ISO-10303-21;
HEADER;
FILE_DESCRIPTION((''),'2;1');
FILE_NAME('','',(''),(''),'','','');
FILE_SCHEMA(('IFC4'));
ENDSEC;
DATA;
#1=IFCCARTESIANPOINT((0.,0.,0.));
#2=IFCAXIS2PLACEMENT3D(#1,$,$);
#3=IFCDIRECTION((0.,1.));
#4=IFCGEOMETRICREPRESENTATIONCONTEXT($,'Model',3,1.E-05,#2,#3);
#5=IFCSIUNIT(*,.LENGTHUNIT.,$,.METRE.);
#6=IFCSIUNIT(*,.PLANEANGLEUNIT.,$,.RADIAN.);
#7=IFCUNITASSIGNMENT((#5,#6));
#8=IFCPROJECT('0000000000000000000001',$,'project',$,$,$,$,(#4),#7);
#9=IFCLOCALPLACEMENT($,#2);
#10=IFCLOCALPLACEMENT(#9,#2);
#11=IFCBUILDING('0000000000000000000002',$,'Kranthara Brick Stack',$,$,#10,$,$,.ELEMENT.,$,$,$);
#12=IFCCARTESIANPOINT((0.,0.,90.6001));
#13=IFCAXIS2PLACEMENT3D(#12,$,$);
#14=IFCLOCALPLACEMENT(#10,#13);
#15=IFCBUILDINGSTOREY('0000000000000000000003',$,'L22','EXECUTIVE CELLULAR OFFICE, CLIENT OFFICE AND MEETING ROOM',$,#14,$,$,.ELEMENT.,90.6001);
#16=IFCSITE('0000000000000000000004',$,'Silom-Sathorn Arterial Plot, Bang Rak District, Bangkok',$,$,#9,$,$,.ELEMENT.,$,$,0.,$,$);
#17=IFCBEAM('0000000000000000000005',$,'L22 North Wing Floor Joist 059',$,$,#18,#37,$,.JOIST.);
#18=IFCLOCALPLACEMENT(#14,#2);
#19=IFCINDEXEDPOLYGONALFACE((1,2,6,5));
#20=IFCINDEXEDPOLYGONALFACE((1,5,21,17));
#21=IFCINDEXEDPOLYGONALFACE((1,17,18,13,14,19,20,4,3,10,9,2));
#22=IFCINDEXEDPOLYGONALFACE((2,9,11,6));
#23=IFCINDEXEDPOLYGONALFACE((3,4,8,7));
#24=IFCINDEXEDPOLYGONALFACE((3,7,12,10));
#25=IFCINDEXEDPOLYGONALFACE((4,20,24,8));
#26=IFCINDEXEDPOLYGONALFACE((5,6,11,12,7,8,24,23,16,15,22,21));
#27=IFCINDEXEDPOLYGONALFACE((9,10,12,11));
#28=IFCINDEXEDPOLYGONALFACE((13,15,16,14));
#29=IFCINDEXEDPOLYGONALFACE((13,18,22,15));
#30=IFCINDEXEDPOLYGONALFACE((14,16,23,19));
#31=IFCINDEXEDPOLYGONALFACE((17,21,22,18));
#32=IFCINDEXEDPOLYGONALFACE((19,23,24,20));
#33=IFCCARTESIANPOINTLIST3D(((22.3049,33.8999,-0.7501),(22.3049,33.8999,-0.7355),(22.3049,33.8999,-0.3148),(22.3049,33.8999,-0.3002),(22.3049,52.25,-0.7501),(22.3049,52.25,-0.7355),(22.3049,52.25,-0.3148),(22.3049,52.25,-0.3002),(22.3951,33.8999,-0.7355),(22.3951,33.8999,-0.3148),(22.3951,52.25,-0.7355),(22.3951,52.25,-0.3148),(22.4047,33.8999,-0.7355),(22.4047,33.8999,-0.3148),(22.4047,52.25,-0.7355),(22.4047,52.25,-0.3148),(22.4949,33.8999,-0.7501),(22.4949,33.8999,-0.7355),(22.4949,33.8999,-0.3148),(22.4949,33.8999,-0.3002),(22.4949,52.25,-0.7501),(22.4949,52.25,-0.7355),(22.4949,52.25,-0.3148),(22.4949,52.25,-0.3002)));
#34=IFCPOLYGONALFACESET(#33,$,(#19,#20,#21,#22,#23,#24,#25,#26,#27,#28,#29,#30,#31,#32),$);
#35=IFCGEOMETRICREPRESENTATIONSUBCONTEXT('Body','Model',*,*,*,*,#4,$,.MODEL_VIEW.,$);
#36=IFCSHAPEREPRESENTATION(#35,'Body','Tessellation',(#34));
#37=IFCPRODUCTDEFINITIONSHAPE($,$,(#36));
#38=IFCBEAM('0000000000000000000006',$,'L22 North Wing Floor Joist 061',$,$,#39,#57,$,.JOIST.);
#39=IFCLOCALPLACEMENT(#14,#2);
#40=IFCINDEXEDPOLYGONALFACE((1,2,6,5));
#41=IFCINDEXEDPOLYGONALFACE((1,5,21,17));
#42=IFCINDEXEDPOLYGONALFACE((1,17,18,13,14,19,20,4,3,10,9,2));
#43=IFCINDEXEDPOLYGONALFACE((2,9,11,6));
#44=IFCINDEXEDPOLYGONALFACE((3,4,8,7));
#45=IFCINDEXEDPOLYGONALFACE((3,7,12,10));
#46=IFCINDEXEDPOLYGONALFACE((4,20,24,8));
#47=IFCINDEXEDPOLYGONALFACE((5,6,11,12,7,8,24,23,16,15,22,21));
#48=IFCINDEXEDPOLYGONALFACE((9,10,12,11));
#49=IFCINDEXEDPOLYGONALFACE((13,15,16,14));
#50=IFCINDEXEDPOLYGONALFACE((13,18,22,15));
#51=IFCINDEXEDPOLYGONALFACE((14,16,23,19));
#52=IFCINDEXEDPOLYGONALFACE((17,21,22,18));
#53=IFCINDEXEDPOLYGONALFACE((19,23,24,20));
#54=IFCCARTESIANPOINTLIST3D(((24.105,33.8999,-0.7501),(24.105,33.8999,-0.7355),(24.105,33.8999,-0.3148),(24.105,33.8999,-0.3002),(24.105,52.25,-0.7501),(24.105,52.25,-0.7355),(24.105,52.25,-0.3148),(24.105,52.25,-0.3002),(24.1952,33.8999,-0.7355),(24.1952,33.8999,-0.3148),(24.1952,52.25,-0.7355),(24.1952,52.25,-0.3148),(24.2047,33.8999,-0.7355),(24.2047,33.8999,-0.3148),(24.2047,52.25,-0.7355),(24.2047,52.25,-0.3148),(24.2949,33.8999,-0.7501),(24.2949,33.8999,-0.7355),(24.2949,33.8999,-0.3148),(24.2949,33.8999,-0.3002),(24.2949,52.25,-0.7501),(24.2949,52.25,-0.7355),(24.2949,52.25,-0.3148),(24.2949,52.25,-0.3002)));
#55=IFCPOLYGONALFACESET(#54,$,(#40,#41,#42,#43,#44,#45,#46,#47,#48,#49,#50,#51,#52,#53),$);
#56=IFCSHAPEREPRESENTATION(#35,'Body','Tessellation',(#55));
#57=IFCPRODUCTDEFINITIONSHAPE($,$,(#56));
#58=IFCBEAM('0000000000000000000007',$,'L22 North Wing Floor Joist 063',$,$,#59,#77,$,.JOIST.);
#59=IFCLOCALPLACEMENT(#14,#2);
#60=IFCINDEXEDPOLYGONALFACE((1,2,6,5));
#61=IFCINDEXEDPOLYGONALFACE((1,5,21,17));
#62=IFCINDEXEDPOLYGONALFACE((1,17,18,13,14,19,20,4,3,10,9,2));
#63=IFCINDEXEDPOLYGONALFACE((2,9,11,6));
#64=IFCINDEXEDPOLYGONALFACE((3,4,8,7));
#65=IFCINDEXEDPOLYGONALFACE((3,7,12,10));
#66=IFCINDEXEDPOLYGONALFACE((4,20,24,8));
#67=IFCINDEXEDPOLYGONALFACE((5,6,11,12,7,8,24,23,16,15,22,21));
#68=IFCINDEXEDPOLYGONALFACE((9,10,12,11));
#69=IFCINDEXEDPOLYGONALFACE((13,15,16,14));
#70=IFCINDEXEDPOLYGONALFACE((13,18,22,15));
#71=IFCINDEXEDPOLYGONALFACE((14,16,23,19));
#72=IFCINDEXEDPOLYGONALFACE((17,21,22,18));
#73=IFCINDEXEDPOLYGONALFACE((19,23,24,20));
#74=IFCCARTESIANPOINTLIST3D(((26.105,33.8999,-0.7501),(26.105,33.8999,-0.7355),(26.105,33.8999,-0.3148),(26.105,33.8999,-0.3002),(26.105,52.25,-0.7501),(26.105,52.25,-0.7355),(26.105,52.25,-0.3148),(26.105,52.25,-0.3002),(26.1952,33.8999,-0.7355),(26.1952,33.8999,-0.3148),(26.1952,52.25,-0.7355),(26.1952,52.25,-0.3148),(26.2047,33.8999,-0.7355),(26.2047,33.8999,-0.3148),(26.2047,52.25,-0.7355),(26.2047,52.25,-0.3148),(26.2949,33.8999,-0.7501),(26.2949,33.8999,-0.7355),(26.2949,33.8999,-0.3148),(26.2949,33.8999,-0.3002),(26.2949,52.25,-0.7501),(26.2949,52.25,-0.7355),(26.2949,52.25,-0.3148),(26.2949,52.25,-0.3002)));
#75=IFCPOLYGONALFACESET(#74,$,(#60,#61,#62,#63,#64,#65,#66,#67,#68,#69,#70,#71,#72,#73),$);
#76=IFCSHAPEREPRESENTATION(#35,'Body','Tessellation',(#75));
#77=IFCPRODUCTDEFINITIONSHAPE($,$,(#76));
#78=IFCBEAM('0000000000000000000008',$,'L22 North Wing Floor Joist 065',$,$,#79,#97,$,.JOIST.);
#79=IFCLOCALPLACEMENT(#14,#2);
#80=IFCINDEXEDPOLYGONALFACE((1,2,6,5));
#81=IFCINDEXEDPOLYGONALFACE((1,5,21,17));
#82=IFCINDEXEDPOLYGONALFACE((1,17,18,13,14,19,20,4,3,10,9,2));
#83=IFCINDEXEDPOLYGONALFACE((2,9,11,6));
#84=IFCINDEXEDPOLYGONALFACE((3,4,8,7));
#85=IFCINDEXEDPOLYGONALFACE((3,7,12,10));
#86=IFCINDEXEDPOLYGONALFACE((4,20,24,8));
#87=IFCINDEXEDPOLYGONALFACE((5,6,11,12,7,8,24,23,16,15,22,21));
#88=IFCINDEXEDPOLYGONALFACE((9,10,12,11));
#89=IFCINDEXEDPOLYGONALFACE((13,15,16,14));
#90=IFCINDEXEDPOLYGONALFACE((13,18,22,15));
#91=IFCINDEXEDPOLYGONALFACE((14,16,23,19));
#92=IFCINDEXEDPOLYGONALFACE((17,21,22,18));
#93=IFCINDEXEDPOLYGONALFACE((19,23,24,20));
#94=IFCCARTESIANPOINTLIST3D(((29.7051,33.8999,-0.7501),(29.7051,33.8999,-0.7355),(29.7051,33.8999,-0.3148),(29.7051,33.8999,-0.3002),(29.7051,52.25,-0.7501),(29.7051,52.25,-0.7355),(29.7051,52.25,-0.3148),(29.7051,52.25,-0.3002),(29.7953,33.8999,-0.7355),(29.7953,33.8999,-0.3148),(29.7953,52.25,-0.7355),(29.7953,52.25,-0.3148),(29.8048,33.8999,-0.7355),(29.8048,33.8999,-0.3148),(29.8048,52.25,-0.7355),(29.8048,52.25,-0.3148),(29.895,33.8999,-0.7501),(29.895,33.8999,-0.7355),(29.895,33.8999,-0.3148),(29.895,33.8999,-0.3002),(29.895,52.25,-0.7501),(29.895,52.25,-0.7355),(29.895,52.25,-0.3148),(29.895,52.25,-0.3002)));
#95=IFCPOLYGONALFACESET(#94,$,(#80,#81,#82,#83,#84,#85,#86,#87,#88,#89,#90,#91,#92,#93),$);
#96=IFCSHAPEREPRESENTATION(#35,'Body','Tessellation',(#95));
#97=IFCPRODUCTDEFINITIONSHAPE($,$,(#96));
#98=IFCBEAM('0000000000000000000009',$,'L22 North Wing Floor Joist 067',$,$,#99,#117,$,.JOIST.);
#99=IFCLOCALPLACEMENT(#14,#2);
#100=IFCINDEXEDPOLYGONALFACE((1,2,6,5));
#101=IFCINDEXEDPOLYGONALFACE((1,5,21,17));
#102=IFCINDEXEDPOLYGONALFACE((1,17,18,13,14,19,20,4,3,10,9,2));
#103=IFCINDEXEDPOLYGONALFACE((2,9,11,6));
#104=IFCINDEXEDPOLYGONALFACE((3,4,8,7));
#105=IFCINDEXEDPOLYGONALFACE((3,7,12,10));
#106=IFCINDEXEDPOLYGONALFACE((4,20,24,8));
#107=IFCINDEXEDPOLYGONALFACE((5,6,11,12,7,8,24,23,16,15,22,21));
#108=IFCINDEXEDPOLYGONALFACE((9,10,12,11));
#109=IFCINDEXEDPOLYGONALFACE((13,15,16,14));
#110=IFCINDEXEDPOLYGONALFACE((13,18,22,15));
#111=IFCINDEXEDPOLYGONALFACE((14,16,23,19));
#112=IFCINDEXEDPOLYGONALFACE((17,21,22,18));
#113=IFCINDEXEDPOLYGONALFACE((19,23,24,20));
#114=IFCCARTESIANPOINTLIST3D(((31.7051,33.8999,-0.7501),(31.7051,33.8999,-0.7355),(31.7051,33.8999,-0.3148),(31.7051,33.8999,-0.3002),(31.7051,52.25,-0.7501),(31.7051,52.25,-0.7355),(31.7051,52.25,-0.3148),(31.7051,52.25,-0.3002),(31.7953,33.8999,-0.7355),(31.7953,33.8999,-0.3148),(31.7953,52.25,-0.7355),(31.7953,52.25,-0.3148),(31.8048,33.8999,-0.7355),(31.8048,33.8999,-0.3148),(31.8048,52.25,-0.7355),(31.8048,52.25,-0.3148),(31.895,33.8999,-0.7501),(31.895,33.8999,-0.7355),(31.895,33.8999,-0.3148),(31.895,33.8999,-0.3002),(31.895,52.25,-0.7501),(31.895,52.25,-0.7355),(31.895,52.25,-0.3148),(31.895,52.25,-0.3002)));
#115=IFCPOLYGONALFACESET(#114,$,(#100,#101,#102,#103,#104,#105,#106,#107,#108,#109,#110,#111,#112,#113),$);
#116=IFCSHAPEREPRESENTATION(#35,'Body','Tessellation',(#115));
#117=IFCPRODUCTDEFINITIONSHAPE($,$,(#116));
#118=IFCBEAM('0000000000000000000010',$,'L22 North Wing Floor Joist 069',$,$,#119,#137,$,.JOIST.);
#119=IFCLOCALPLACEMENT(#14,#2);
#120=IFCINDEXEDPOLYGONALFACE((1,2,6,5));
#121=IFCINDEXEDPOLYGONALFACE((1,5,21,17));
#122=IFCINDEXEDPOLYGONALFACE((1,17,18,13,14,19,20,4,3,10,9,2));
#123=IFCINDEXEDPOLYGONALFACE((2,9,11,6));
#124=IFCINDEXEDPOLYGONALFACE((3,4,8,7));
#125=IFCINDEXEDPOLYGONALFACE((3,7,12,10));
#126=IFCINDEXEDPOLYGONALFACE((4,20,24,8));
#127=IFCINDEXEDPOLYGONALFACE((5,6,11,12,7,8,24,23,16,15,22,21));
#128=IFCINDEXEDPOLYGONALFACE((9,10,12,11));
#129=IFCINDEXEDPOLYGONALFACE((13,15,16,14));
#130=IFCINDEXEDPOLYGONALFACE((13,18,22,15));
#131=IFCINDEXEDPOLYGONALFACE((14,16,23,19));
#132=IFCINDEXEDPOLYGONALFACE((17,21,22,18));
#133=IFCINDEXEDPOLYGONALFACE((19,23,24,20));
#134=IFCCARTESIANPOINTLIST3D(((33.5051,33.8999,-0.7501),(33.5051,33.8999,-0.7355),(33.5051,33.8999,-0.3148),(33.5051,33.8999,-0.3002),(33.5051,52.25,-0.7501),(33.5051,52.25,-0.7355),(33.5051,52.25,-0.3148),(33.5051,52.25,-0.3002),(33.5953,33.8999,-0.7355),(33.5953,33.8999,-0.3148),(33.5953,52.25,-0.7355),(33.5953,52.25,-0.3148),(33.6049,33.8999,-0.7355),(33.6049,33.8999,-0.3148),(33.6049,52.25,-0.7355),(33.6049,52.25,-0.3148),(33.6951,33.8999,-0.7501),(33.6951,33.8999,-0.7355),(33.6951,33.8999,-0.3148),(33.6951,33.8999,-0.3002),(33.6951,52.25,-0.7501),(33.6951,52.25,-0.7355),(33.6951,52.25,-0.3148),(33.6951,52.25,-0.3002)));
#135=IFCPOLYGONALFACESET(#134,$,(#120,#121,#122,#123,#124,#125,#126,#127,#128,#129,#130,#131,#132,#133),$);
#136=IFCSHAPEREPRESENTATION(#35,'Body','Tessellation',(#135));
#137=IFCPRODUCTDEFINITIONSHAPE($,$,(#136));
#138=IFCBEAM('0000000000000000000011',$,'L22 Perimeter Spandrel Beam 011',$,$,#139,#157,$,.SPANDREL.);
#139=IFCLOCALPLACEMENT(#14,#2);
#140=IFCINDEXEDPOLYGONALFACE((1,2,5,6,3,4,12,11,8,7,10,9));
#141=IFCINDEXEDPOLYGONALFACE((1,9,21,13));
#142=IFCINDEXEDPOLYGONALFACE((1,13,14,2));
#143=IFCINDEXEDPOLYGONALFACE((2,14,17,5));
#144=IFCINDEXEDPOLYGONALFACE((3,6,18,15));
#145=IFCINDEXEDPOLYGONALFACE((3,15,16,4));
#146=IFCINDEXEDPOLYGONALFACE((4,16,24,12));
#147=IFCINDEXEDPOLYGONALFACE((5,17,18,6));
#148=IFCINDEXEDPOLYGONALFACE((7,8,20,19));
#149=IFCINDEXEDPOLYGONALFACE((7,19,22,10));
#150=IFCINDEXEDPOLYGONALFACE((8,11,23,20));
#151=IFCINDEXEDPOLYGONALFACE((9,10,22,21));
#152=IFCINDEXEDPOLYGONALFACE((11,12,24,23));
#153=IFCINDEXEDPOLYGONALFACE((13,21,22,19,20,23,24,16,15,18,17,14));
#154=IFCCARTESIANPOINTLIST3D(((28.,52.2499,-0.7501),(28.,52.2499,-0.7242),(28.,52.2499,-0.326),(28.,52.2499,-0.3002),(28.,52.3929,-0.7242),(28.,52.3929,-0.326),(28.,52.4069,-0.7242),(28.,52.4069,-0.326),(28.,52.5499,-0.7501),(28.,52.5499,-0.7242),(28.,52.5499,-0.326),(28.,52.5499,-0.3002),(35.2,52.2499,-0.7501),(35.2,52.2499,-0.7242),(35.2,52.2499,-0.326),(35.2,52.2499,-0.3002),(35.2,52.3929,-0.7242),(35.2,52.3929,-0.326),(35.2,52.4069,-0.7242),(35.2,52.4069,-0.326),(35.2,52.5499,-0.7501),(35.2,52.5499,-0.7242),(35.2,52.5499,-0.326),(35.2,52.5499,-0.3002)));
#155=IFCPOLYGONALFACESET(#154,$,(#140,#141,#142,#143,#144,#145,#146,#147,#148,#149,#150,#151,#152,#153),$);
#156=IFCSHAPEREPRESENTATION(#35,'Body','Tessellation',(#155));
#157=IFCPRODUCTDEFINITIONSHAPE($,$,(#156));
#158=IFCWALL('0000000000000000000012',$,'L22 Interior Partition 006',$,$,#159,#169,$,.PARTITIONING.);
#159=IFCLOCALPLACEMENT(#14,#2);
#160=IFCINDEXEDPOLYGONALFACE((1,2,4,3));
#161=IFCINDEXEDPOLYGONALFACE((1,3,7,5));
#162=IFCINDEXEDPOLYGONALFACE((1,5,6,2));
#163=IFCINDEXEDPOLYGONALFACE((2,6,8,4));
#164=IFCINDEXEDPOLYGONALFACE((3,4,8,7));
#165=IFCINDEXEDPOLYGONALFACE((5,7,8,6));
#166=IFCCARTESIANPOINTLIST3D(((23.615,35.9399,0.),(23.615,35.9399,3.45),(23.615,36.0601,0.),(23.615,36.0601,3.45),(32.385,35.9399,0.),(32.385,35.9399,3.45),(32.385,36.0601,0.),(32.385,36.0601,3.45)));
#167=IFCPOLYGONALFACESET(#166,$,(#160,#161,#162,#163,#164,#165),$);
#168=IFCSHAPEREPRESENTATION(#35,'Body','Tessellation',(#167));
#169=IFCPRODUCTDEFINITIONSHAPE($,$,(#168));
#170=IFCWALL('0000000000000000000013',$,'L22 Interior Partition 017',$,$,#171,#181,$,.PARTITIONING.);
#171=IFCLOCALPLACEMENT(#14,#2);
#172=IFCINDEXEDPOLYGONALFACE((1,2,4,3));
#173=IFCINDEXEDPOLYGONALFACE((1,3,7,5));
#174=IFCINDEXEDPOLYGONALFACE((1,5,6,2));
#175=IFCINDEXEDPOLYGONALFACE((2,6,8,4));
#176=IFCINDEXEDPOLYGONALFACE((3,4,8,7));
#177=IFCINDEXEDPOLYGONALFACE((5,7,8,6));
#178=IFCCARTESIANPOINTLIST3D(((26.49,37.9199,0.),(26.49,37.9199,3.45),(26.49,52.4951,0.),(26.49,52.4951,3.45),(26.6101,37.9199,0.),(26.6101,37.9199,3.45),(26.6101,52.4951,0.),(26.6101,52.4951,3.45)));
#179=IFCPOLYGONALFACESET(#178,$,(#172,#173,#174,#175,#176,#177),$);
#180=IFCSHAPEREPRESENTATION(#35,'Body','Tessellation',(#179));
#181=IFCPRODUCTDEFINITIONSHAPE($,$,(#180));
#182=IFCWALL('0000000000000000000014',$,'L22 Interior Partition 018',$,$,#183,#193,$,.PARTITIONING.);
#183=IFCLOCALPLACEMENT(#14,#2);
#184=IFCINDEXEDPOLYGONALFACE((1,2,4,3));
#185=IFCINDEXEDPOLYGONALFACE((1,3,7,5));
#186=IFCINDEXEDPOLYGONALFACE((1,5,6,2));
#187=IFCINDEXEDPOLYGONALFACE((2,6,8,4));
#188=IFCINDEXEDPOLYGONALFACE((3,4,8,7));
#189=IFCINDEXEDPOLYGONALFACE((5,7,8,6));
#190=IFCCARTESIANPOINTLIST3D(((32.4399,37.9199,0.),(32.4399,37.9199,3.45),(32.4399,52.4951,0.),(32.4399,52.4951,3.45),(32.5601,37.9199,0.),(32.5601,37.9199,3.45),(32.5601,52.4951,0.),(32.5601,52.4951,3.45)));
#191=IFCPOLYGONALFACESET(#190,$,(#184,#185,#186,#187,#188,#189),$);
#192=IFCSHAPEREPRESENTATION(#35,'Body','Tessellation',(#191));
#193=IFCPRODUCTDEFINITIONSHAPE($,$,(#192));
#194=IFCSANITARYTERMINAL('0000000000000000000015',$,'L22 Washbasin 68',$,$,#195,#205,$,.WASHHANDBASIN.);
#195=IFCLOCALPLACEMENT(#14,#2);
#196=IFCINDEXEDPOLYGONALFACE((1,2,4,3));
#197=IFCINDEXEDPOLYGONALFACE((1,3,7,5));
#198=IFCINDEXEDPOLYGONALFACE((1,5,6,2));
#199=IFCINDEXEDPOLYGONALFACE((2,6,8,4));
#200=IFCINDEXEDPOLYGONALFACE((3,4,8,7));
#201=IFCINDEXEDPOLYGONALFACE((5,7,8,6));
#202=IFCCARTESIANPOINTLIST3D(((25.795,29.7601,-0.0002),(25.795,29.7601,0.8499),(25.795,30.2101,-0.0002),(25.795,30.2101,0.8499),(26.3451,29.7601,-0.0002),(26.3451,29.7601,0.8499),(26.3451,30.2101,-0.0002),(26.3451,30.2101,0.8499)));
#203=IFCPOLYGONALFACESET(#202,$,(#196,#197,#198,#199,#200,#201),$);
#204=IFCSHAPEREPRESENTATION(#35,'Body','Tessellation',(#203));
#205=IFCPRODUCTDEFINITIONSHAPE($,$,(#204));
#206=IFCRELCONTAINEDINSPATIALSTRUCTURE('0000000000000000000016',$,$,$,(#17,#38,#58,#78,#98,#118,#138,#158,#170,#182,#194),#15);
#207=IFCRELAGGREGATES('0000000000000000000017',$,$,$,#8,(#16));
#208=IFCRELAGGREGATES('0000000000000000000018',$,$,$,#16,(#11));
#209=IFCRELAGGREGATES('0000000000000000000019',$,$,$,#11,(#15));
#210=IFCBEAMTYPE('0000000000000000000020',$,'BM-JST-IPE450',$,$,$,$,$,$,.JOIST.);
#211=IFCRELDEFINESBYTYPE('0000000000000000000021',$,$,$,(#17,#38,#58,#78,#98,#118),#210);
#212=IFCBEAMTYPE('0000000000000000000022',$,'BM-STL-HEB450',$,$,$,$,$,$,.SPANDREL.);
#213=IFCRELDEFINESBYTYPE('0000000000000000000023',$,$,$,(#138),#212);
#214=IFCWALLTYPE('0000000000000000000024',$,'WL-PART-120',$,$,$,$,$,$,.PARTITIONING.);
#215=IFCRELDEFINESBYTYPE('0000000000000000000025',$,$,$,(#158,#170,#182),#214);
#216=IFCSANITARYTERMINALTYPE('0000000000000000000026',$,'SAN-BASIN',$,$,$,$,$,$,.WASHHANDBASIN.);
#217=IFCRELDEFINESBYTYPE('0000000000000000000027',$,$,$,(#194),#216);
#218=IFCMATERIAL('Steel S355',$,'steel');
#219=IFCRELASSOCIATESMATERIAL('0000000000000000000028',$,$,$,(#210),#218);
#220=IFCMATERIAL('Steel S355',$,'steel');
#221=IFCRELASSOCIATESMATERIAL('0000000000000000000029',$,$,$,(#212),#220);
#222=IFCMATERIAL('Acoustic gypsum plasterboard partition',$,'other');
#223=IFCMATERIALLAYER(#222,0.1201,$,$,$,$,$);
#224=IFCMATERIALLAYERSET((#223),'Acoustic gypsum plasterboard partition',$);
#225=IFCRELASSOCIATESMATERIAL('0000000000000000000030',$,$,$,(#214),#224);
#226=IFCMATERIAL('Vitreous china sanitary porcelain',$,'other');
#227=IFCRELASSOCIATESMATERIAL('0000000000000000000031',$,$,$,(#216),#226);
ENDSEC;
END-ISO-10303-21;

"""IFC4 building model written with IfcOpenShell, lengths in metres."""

from ifc_helpers import new_model, si_unit, direction, frame, frame_2d, origin, origin_2d, place, context, subcontext, project, spatial, rectangle, i_section, extrude, material, layer, layer_set, material_profile, profile_set, type_object, element, save


model = new_model("IFC4")

# Units and contexts
model_context = context("Model", 3, precision=1e-05, world=origin(), true_north=direction((0.0, 1.0)))
body_context = subcontext(model_context, "Body", "Model", "MODEL_VIEW")
ifc_project = project(units=[si_unit("LENGTHUNIT", "METRE"), si_unit("PLANEANGLEUNIT", "RADIAN")], contexts=[model_context])

# Site, building, storey
site_placement = place(None, origin())
site = spatial("IfcSite", under=ifc_project, at=site_placement, Name="Silom-Sathorn Arterial Plot, Bang Rak District, Bangkok", CompositionType="ELEMENT", RefElevation=0.0)
building_placement = place(site_placement, origin())
building = spatial("IfcBuilding", under=site, at=building_placement, Name="Kranthara Brick Stack", CompositionType="ELEMENT")
storey_placement = place(building_placement, frame((0.0, 0.0, 90.6001)))
storey = spatial("IfcBuildingStorey", under=building, at=storey_placement, Name="L22", Description="EXECUTIVE CELLULAR OFFICE, CLIENT OFFICE AND MEETING ROOM", CompositionType="ELEMENT", Elevation=90.6001)

# Beams
ifc_material_1 = material(Name="Steel S355", Category="steel")
ifc_material_profile_1 = material_profile(ifc_material_1, i_section(OverallWidth=0.1899, OverallDepth=0.45, WebThickness=0.0095, FlangeThickness=0.0146, at=origin_2d()), Name="IPE 450")
ifc_profile_set_1 = profile_set([ifc_material_profile_1], Name="Steel S355")
beam_type_1 = type_object("IfcBeamType", Name="BM-JST-IPE450", PredefinedType="JOIST", material=ifc_profile_set_1)
for number, where, z_axis, x_axis, name in (
    (1, (22.3999, 33.8999, -0.5251), (0.0, 1.0, 0.0), (-1.0, 0.0, 0.0), "L22 North Wing Floor Joist 059"),
    (2, (24.2, 33.8999, -0.5251), (0.0, 1.0, 0.0), (-1.0, 0.0, 0.0), "L22 North Wing Floor Joist 061"),
    (3, (26.2, 33.8999, -0.5251), (0.0, 1.0, 0.0), (-1.0, 0.0, 0.0), "L22 North Wing Floor Joist 063"),
    (4, (29.8, 33.8999, -0.5251), (0.0, 1.0, 0.0), (-1.0, 0.0, 0.0), "L22 North Wing Floor Joist 065"),
    (5, (31.8, 33.8999, -0.5251), (0.0, 1.0, 0.0), (-1.0, 0.0, 0.0), "L22 North Wing Floor Joist 067"),
    (6, (33.6001, 33.8999, -0.5251), (0.0, 1.0, 0.0), (-1.0, 0.0, 0.0), "L22 North Wing Floor Joist 069"),
):
    element("IfcBeam", number, at=place(storey_placement, frame(where, z_axis=z_axis, x_axis=x_axis)), inside=storey, type_object=beam_type_1, Name=name, PredefinedType="JOIST", context=body_context, shape_type="SweptSolid", body=[
        extrude(i_section(OverallWidth=0.1899, OverallDepth=0.45, WebThickness=0.0095, FlangeThickness=0.0146, at=origin_2d()), origin(), (0.0, 0.0, 1.0), 18.3501),
    ])
ifc_material_2 = material(Name="Steel S355", Category="steel")
ifc_material_profile_2 = material_profile(ifc_material_2, i_section(OverallWidth=0.3, OverallDepth=0.45, WebThickness=0.0139, FlangeThickness=0.0259, at=origin_2d()), Name="HEB 450")
ifc_profile_set_2 = profile_set([ifc_material_profile_2], Name="Steel S355")
beam_type_2 = type_object("IfcBeamType", Name="BM-STL-HEB450", PredefinedType="SPANDREL", material=ifc_profile_set_2)
beam_1_placement = place(storey_placement, frame((28.0, 52.3999, -0.5251), z_axis=(1.0, 0.0, 0.0), x_axis=(0.0, 1.0, 0.0)))
element("IfcBeam", 7, at=beam_1_placement, inside=storey, type_object=beam_type_2, Name="L22 Perimeter Spandrel Beam 011", PredefinedType="SPANDREL", context=body_context, shape_type="SweptSolid", body=[
    extrude(i_section(OverallWidth=0.3, OverallDepth=0.45, WebThickness=0.0139, FlangeThickness=0.0259, at=origin_2d()), origin(), (0.0, 0.0, 1.0), 7.2),
])

# Walls
ifc_material_3 = material(Name="Acoustic gypsum plasterboard partition", Category="other")
ifc_layer = layer(ifc_material_3, 0.1201)
ifc_layer_set = layer_set([ifc_layer], Name="Acoustic gypsum plasterboard partition")
wall_type = type_object("IfcWallType", Name="WL-PART-120", PredefinedType="PARTITIONING", material=ifc_layer_set)
wall_placement = place(storey_placement, frame((23.615, 36.0, 0.0), z_axis=(0.0, 0.0, 1.0), x_axis=(1.0, 0.0, 0.0)))
element("IfcWall", 8, at=wall_placement, inside=storey, type_object=wall_type, Name="L22 Interior Partition 006", PredefinedType="PARTITIONING", context=body_context, shape_type="SweptSolid", body=[
    extrude(rectangle(XDim=8.77, YDim=0.1201, at=frame_2d((4.385, 0.0))), origin(), (0.0, 0.0, 1.0), 3.45),
])
for number, where, z_axis, x_axis, name in (
    (9, (26.55, 37.9199, 0.0), (0.0, 0.0, 1.0), (0.0, 1.0, 0.0), "L22 Interior Partition 017"),
    (10, (32.5, 37.9199, 0.0), (0.0, 0.0, 1.0), (0.0, 1.0, 0.0), "L22 Interior Partition 018"),
):
    element("IfcWall", number, at=place(storey_placement, frame(where, z_axis=z_axis, x_axis=x_axis)), inside=storey, type_object=wall_type, Name=name, PredefinedType="PARTITIONING", context=body_context, shape_type="SweptSolid", body=[
        extrude(rectangle(XDim=14.5752, YDim=0.1201, at=frame_2d((7.2876, 0.0))), origin(), (0.0, 0.0, 1.0), 3.45),
    ])

# Sanitary terminal
ifc_material_4 = material(Name="Vitreous china sanitary porcelain", Category="other")
sanitary_terminal_type_1 = type_object("IfcSanitaryTerminalType", Name="SAN-BASIN", PredefinedType="WASHHANDBASIN", material=ifc_material_4)
for number, where, z_axis, x_axis, name in (
    (11, (26.0701, 29.9851, -0.0002), (0.0, 0.0, 1.0), (1.0, 0.0, 0.0), "L22 Washbasin 68"),
):
    element("IfcSanitaryTerminal", number, at=place(storey_placement, frame(where, z_axis=z_axis, x_axis=x_axis)), inside=storey, type_object=sanitary_terminal_type_1, Name=name, PredefinedType="WASHHANDBASIN", context=body_context, shape_type="SweptSolid", body=[
        extrude(rectangle(XDim=0.55, YDim=0.45, at=origin_2d()), origin(), (0.0, 0.0, 1.0), 0.8501),
    ])

save(model, "model.ifc")
